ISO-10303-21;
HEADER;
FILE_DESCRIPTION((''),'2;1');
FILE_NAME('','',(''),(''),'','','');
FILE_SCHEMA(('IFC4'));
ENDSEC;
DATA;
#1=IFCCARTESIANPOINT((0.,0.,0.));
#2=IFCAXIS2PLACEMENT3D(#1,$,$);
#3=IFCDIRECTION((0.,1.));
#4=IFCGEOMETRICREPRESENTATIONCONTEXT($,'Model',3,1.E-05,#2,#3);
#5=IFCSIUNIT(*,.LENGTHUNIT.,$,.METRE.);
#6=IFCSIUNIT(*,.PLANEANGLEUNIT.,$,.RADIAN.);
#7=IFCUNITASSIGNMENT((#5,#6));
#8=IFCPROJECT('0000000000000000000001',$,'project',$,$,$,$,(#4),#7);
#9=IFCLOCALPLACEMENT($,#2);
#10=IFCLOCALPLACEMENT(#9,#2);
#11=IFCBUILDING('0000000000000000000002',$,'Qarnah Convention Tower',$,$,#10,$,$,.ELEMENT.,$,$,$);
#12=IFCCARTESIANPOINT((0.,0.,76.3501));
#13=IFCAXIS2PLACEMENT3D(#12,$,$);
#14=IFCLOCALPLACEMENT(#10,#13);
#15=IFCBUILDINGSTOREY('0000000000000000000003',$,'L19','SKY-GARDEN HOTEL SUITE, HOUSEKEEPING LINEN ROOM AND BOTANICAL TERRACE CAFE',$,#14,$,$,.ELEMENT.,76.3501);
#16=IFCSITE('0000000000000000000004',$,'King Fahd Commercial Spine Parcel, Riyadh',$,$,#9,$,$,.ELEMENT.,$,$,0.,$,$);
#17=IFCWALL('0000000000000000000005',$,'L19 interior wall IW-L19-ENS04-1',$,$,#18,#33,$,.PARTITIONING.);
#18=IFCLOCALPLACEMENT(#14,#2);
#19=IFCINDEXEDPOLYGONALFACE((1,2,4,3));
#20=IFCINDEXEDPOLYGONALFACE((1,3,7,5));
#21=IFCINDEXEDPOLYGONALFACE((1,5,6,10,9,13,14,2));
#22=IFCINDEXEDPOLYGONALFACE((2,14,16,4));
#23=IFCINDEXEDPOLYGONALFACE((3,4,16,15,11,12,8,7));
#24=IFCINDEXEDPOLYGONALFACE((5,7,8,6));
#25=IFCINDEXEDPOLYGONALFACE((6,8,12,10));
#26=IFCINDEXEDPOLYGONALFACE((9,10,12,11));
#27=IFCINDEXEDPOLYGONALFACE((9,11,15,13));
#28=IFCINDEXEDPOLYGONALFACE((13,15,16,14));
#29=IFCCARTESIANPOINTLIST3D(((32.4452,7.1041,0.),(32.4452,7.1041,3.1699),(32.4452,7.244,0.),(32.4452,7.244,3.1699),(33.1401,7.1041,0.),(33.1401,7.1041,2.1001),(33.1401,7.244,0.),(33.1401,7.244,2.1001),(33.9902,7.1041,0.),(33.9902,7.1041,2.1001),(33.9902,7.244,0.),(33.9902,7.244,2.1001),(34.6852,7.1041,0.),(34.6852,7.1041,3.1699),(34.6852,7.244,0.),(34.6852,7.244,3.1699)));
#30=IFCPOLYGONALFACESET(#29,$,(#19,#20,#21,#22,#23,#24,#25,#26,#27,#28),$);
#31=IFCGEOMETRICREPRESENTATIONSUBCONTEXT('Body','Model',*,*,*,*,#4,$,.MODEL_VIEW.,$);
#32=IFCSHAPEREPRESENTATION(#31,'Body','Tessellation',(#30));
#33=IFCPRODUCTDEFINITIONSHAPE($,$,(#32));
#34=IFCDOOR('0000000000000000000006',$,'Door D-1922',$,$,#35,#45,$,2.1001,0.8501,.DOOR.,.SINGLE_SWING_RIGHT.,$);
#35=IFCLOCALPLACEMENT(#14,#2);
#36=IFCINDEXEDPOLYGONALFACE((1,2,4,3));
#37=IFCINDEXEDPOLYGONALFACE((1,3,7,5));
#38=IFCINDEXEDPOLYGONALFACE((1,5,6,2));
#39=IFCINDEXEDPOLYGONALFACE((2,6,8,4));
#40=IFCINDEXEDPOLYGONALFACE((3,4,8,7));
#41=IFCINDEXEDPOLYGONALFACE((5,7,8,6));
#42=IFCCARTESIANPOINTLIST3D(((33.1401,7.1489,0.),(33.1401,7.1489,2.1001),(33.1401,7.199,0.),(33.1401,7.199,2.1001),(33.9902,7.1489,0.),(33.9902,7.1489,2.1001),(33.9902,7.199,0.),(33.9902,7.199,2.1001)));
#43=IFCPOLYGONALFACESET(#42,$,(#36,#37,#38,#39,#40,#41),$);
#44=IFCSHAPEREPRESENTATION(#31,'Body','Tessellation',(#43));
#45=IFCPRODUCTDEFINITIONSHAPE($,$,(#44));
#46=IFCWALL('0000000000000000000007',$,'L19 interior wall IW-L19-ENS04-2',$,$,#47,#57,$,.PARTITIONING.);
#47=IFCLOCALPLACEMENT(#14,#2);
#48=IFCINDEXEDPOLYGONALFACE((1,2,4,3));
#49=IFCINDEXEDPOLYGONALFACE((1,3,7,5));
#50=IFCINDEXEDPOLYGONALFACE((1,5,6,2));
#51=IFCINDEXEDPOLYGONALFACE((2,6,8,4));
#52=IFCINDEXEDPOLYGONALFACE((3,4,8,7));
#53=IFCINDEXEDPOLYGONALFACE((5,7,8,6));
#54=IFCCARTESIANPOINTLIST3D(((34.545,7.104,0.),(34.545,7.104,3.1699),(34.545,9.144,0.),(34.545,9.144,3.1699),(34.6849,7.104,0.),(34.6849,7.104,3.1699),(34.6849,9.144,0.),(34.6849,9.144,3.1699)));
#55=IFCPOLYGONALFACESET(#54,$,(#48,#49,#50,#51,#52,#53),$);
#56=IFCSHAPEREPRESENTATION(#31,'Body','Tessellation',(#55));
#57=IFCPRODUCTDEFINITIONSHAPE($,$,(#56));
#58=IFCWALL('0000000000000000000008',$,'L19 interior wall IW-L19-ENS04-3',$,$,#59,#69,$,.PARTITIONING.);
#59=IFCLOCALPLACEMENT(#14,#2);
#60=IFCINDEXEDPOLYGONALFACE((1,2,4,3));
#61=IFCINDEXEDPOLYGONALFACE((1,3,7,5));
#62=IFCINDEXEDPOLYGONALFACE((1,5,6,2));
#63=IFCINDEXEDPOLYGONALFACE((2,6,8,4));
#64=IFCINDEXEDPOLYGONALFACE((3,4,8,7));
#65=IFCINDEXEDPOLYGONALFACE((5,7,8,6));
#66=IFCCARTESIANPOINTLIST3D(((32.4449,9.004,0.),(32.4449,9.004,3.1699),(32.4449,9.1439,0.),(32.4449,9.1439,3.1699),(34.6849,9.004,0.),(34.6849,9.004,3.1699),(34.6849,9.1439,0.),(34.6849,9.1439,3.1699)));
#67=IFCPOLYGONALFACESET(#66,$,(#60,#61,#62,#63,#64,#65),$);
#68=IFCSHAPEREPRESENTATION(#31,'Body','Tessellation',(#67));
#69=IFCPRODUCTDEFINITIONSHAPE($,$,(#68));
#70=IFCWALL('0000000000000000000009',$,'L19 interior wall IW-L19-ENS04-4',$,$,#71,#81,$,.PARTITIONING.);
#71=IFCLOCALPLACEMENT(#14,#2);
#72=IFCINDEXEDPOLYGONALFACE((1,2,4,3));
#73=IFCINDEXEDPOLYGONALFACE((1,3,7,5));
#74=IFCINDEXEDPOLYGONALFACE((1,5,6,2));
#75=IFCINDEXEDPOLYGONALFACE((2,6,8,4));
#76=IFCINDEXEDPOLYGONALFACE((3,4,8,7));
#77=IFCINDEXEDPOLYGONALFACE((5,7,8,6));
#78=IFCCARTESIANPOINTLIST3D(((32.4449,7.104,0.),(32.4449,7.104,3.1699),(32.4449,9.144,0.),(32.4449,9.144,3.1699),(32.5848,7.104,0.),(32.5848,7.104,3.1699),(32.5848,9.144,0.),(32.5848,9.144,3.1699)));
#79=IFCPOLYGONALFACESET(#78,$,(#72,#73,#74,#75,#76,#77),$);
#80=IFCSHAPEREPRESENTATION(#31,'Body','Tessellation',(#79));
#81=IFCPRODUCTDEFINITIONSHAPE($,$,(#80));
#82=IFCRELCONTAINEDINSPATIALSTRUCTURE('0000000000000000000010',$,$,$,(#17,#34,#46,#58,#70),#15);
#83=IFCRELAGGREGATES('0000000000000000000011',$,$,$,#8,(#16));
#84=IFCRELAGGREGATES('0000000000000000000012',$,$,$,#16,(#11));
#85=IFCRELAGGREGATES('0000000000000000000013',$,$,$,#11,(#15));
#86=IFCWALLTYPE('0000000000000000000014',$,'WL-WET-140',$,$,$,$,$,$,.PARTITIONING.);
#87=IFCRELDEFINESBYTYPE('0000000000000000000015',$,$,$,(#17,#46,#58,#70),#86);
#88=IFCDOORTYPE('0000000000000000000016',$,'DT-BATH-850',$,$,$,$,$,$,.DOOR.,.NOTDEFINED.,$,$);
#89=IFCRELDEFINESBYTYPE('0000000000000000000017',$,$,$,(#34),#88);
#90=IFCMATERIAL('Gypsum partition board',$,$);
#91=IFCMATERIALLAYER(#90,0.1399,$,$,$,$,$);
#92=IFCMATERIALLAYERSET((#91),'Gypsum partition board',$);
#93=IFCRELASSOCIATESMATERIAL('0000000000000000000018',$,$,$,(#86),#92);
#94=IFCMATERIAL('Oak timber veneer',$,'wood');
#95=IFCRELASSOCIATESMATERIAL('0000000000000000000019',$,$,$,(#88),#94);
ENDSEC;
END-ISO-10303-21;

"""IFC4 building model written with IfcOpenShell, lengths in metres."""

from ifc_helpers import new_model, si_unit, direction, frame, frame_2d, origin, place, context, subcontext, project, spatial, rectangle, extrude, material, layer, layer_set, type_object, element, fill, save


model = new_model("IFC4")

# Units and contexts
model_context = context("Model", 3, precision=1e-05, world=origin(), true_north=direction((0.0, 1.0)))
body_context = subcontext(model_context, "Body", "Model", "MODEL_VIEW")
ifc_project = project(units=[si_unit("LENGTHUNIT", "METRE"), si_unit("PLANEANGLEUNIT", "RADIAN")], contexts=[model_context])

# Site, building, storey
site_placement = place(None, origin())
site = spatial("IfcSite", under=ifc_project, at=site_placement, Name="King Fahd Commercial Spine Parcel, Riyadh", CompositionType="ELEMENT", RefElevation=0.0)
building_placement = place(site_placement, origin())
building = spatial("IfcBuilding", under=site, at=building_placement, Name="Qarnah Convention Tower", CompositionType="ELEMENT")
storey_placement = place(building_placement, frame((0.0, 0.0, 76.3501)))
storey = spatial("IfcBuildingStorey", under=building, at=storey_placement, Name="L19", Description="SKY-GARDEN HOTEL SUITE, HOUSEKEEPING LINEN ROOM AND BOTANICAL TERRACE CAFE", CompositionType="ELEMENT", Elevation=76.3501)

# Wall, opening, door
ifc_material_1 = material(Name="Gypsum partition board")
ifc_layer_1 = layer(ifc_material_1, 0.1399)
ifc_layer_set_1 = layer_set([ifc_layer_1], Name="Gypsum partition board")
wall_type = type_object("IfcWallType", Name="WL-WET-140", PredefinedType="PARTITIONING", material=ifc_layer_set_1)
wall_1_placement = place(storey_placement, frame((32.4451, 7.1741, 0.0), z_axis=(0.0, 0.0, 1.0), x_axis=(1.0, 0.0, 0.0)))
wall_1 = element("IfcWall", 1, at=wall_1_placement, inside=storey, type_object=wall_type, Name="L19 interior wall IW-L19-ENS04-1", PredefinedType="PARTITIONING", context=body_context, shape_type="SweptSolid", body=[
    extrude(rectangle(XDim=2.24, YDim=0.1399, at=frame_2d((1.1201, 0.0))), origin(), (0.0, 0.0, 1.0), 3.1699),
])
opening_placement = place(wall_1_placement, frame((0.6951, 0.0, 0.0)))
opening = element("IfcOpeningElement", 2, at=opening_placement, cuts=wall_1, PredefinedType="OPENING", context=body_context, shape_type="SweptSolid", body=[
    extrude(rectangle(XDim=0.8501, YDim=2.1001, at=frame_2d((0.425, 1.05))), frame((0.0, 0.0798, 0.0), z_axis=(0.0, -1.0, 0.0), x_axis=(1.0, 0.0, 0.0)), (0.0, 0.0, 1.0), 0.1599),
])
ifc_material_2 = material(Name="Oak timber veneer", Category="wood")
door_type = type_object("IfcDoorType", Name="DT-BATH-850", OperationType="NOTDEFINED", PredefinedType="DOOR", material=ifc_material_2)
door_placement = place(opening_placement, origin())
door = element("IfcDoor", 3, at=door_placement, inside=storey, type_object=door_type, Name="Door D-1922", OperationType="SINGLE_SWING_RIGHT", OverallHeight=2.1001, OverallWidth=0.8501, PredefinedType="DOOR", context=body_context, shape_type="SweptSolid", body=[
    extrude(rectangle(XDim=0.8501, YDim=2.1001, at=frame_2d((0.425, 1.05))), frame((0.0, 0.0249, 0.0), z_axis=(0.0, -1.0, 0.0), x_axis=(1.0, 0.0, 0.0)), (0.0, 0.0, 1.0), 0.05),
])
fill(opening, door)

# Walls
wall_2_placement = place(storey_placement, frame((34.615, 7.104, 0.0), z_axis=(0.0, 0.0, 1.0), x_axis=(0.0, 1.0, 0.0)))
element("IfcWall", 4, at=wall_2_placement, inside=storey, type_object=wall_type, Name="L19 interior wall IW-L19-ENS04-2", PredefinedType="PARTITIONING", context=body_context, shape_type="SweptSolid", body=[
    extrude(rectangle(XDim=2.04, YDim=0.1399, at=frame_2d((1.02, 0.0))), origin(), (0.0, 0.0, 1.0), 3.1699),
])
wall_3_placement = place(storey_placement, frame((34.6851, 9.074, 0.0), z_axis=(0.0, 0.0, 1.0), x_axis=(-1.0, 0.0, 0.0)))
element("IfcWall", 5, at=wall_3_placement, inside=storey, type_object=wall_type, Name="L19 interior wall IW-L19-ENS04-3", PredefinedType="PARTITIONING", context=body_context, shape_type="SweptSolid", body=[
    extrude(rectangle(XDim=2.24, YDim=0.1399, at=frame_2d((1.1201, 0.0))), origin(), (0.0, 0.0, 1.0), 3.1699),
])
wall_4_placement = place(storey_placement, frame((32.5149, 9.144, 0.0), z_axis=(0.0, 0.0, 1.0), x_axis=(0.0, -1.0, 0.0)))
element("IfcWall", 6, at=wall_4_placement, inside=storey, type_object=wall_type, Name="L19 interior wall IW-L19-ENS04-4", PredefinedType="PARTITIONING", context=body_context, shape_type="SweptSolid", body=[
    extrude(rectangle(XDim=2.04, YDim=0.1399, at=frame_2d((1.02, 0.0))), origin(), (0.0, 0.0, 1.0), 3.1699),
])

save(model, "model.ifc")
